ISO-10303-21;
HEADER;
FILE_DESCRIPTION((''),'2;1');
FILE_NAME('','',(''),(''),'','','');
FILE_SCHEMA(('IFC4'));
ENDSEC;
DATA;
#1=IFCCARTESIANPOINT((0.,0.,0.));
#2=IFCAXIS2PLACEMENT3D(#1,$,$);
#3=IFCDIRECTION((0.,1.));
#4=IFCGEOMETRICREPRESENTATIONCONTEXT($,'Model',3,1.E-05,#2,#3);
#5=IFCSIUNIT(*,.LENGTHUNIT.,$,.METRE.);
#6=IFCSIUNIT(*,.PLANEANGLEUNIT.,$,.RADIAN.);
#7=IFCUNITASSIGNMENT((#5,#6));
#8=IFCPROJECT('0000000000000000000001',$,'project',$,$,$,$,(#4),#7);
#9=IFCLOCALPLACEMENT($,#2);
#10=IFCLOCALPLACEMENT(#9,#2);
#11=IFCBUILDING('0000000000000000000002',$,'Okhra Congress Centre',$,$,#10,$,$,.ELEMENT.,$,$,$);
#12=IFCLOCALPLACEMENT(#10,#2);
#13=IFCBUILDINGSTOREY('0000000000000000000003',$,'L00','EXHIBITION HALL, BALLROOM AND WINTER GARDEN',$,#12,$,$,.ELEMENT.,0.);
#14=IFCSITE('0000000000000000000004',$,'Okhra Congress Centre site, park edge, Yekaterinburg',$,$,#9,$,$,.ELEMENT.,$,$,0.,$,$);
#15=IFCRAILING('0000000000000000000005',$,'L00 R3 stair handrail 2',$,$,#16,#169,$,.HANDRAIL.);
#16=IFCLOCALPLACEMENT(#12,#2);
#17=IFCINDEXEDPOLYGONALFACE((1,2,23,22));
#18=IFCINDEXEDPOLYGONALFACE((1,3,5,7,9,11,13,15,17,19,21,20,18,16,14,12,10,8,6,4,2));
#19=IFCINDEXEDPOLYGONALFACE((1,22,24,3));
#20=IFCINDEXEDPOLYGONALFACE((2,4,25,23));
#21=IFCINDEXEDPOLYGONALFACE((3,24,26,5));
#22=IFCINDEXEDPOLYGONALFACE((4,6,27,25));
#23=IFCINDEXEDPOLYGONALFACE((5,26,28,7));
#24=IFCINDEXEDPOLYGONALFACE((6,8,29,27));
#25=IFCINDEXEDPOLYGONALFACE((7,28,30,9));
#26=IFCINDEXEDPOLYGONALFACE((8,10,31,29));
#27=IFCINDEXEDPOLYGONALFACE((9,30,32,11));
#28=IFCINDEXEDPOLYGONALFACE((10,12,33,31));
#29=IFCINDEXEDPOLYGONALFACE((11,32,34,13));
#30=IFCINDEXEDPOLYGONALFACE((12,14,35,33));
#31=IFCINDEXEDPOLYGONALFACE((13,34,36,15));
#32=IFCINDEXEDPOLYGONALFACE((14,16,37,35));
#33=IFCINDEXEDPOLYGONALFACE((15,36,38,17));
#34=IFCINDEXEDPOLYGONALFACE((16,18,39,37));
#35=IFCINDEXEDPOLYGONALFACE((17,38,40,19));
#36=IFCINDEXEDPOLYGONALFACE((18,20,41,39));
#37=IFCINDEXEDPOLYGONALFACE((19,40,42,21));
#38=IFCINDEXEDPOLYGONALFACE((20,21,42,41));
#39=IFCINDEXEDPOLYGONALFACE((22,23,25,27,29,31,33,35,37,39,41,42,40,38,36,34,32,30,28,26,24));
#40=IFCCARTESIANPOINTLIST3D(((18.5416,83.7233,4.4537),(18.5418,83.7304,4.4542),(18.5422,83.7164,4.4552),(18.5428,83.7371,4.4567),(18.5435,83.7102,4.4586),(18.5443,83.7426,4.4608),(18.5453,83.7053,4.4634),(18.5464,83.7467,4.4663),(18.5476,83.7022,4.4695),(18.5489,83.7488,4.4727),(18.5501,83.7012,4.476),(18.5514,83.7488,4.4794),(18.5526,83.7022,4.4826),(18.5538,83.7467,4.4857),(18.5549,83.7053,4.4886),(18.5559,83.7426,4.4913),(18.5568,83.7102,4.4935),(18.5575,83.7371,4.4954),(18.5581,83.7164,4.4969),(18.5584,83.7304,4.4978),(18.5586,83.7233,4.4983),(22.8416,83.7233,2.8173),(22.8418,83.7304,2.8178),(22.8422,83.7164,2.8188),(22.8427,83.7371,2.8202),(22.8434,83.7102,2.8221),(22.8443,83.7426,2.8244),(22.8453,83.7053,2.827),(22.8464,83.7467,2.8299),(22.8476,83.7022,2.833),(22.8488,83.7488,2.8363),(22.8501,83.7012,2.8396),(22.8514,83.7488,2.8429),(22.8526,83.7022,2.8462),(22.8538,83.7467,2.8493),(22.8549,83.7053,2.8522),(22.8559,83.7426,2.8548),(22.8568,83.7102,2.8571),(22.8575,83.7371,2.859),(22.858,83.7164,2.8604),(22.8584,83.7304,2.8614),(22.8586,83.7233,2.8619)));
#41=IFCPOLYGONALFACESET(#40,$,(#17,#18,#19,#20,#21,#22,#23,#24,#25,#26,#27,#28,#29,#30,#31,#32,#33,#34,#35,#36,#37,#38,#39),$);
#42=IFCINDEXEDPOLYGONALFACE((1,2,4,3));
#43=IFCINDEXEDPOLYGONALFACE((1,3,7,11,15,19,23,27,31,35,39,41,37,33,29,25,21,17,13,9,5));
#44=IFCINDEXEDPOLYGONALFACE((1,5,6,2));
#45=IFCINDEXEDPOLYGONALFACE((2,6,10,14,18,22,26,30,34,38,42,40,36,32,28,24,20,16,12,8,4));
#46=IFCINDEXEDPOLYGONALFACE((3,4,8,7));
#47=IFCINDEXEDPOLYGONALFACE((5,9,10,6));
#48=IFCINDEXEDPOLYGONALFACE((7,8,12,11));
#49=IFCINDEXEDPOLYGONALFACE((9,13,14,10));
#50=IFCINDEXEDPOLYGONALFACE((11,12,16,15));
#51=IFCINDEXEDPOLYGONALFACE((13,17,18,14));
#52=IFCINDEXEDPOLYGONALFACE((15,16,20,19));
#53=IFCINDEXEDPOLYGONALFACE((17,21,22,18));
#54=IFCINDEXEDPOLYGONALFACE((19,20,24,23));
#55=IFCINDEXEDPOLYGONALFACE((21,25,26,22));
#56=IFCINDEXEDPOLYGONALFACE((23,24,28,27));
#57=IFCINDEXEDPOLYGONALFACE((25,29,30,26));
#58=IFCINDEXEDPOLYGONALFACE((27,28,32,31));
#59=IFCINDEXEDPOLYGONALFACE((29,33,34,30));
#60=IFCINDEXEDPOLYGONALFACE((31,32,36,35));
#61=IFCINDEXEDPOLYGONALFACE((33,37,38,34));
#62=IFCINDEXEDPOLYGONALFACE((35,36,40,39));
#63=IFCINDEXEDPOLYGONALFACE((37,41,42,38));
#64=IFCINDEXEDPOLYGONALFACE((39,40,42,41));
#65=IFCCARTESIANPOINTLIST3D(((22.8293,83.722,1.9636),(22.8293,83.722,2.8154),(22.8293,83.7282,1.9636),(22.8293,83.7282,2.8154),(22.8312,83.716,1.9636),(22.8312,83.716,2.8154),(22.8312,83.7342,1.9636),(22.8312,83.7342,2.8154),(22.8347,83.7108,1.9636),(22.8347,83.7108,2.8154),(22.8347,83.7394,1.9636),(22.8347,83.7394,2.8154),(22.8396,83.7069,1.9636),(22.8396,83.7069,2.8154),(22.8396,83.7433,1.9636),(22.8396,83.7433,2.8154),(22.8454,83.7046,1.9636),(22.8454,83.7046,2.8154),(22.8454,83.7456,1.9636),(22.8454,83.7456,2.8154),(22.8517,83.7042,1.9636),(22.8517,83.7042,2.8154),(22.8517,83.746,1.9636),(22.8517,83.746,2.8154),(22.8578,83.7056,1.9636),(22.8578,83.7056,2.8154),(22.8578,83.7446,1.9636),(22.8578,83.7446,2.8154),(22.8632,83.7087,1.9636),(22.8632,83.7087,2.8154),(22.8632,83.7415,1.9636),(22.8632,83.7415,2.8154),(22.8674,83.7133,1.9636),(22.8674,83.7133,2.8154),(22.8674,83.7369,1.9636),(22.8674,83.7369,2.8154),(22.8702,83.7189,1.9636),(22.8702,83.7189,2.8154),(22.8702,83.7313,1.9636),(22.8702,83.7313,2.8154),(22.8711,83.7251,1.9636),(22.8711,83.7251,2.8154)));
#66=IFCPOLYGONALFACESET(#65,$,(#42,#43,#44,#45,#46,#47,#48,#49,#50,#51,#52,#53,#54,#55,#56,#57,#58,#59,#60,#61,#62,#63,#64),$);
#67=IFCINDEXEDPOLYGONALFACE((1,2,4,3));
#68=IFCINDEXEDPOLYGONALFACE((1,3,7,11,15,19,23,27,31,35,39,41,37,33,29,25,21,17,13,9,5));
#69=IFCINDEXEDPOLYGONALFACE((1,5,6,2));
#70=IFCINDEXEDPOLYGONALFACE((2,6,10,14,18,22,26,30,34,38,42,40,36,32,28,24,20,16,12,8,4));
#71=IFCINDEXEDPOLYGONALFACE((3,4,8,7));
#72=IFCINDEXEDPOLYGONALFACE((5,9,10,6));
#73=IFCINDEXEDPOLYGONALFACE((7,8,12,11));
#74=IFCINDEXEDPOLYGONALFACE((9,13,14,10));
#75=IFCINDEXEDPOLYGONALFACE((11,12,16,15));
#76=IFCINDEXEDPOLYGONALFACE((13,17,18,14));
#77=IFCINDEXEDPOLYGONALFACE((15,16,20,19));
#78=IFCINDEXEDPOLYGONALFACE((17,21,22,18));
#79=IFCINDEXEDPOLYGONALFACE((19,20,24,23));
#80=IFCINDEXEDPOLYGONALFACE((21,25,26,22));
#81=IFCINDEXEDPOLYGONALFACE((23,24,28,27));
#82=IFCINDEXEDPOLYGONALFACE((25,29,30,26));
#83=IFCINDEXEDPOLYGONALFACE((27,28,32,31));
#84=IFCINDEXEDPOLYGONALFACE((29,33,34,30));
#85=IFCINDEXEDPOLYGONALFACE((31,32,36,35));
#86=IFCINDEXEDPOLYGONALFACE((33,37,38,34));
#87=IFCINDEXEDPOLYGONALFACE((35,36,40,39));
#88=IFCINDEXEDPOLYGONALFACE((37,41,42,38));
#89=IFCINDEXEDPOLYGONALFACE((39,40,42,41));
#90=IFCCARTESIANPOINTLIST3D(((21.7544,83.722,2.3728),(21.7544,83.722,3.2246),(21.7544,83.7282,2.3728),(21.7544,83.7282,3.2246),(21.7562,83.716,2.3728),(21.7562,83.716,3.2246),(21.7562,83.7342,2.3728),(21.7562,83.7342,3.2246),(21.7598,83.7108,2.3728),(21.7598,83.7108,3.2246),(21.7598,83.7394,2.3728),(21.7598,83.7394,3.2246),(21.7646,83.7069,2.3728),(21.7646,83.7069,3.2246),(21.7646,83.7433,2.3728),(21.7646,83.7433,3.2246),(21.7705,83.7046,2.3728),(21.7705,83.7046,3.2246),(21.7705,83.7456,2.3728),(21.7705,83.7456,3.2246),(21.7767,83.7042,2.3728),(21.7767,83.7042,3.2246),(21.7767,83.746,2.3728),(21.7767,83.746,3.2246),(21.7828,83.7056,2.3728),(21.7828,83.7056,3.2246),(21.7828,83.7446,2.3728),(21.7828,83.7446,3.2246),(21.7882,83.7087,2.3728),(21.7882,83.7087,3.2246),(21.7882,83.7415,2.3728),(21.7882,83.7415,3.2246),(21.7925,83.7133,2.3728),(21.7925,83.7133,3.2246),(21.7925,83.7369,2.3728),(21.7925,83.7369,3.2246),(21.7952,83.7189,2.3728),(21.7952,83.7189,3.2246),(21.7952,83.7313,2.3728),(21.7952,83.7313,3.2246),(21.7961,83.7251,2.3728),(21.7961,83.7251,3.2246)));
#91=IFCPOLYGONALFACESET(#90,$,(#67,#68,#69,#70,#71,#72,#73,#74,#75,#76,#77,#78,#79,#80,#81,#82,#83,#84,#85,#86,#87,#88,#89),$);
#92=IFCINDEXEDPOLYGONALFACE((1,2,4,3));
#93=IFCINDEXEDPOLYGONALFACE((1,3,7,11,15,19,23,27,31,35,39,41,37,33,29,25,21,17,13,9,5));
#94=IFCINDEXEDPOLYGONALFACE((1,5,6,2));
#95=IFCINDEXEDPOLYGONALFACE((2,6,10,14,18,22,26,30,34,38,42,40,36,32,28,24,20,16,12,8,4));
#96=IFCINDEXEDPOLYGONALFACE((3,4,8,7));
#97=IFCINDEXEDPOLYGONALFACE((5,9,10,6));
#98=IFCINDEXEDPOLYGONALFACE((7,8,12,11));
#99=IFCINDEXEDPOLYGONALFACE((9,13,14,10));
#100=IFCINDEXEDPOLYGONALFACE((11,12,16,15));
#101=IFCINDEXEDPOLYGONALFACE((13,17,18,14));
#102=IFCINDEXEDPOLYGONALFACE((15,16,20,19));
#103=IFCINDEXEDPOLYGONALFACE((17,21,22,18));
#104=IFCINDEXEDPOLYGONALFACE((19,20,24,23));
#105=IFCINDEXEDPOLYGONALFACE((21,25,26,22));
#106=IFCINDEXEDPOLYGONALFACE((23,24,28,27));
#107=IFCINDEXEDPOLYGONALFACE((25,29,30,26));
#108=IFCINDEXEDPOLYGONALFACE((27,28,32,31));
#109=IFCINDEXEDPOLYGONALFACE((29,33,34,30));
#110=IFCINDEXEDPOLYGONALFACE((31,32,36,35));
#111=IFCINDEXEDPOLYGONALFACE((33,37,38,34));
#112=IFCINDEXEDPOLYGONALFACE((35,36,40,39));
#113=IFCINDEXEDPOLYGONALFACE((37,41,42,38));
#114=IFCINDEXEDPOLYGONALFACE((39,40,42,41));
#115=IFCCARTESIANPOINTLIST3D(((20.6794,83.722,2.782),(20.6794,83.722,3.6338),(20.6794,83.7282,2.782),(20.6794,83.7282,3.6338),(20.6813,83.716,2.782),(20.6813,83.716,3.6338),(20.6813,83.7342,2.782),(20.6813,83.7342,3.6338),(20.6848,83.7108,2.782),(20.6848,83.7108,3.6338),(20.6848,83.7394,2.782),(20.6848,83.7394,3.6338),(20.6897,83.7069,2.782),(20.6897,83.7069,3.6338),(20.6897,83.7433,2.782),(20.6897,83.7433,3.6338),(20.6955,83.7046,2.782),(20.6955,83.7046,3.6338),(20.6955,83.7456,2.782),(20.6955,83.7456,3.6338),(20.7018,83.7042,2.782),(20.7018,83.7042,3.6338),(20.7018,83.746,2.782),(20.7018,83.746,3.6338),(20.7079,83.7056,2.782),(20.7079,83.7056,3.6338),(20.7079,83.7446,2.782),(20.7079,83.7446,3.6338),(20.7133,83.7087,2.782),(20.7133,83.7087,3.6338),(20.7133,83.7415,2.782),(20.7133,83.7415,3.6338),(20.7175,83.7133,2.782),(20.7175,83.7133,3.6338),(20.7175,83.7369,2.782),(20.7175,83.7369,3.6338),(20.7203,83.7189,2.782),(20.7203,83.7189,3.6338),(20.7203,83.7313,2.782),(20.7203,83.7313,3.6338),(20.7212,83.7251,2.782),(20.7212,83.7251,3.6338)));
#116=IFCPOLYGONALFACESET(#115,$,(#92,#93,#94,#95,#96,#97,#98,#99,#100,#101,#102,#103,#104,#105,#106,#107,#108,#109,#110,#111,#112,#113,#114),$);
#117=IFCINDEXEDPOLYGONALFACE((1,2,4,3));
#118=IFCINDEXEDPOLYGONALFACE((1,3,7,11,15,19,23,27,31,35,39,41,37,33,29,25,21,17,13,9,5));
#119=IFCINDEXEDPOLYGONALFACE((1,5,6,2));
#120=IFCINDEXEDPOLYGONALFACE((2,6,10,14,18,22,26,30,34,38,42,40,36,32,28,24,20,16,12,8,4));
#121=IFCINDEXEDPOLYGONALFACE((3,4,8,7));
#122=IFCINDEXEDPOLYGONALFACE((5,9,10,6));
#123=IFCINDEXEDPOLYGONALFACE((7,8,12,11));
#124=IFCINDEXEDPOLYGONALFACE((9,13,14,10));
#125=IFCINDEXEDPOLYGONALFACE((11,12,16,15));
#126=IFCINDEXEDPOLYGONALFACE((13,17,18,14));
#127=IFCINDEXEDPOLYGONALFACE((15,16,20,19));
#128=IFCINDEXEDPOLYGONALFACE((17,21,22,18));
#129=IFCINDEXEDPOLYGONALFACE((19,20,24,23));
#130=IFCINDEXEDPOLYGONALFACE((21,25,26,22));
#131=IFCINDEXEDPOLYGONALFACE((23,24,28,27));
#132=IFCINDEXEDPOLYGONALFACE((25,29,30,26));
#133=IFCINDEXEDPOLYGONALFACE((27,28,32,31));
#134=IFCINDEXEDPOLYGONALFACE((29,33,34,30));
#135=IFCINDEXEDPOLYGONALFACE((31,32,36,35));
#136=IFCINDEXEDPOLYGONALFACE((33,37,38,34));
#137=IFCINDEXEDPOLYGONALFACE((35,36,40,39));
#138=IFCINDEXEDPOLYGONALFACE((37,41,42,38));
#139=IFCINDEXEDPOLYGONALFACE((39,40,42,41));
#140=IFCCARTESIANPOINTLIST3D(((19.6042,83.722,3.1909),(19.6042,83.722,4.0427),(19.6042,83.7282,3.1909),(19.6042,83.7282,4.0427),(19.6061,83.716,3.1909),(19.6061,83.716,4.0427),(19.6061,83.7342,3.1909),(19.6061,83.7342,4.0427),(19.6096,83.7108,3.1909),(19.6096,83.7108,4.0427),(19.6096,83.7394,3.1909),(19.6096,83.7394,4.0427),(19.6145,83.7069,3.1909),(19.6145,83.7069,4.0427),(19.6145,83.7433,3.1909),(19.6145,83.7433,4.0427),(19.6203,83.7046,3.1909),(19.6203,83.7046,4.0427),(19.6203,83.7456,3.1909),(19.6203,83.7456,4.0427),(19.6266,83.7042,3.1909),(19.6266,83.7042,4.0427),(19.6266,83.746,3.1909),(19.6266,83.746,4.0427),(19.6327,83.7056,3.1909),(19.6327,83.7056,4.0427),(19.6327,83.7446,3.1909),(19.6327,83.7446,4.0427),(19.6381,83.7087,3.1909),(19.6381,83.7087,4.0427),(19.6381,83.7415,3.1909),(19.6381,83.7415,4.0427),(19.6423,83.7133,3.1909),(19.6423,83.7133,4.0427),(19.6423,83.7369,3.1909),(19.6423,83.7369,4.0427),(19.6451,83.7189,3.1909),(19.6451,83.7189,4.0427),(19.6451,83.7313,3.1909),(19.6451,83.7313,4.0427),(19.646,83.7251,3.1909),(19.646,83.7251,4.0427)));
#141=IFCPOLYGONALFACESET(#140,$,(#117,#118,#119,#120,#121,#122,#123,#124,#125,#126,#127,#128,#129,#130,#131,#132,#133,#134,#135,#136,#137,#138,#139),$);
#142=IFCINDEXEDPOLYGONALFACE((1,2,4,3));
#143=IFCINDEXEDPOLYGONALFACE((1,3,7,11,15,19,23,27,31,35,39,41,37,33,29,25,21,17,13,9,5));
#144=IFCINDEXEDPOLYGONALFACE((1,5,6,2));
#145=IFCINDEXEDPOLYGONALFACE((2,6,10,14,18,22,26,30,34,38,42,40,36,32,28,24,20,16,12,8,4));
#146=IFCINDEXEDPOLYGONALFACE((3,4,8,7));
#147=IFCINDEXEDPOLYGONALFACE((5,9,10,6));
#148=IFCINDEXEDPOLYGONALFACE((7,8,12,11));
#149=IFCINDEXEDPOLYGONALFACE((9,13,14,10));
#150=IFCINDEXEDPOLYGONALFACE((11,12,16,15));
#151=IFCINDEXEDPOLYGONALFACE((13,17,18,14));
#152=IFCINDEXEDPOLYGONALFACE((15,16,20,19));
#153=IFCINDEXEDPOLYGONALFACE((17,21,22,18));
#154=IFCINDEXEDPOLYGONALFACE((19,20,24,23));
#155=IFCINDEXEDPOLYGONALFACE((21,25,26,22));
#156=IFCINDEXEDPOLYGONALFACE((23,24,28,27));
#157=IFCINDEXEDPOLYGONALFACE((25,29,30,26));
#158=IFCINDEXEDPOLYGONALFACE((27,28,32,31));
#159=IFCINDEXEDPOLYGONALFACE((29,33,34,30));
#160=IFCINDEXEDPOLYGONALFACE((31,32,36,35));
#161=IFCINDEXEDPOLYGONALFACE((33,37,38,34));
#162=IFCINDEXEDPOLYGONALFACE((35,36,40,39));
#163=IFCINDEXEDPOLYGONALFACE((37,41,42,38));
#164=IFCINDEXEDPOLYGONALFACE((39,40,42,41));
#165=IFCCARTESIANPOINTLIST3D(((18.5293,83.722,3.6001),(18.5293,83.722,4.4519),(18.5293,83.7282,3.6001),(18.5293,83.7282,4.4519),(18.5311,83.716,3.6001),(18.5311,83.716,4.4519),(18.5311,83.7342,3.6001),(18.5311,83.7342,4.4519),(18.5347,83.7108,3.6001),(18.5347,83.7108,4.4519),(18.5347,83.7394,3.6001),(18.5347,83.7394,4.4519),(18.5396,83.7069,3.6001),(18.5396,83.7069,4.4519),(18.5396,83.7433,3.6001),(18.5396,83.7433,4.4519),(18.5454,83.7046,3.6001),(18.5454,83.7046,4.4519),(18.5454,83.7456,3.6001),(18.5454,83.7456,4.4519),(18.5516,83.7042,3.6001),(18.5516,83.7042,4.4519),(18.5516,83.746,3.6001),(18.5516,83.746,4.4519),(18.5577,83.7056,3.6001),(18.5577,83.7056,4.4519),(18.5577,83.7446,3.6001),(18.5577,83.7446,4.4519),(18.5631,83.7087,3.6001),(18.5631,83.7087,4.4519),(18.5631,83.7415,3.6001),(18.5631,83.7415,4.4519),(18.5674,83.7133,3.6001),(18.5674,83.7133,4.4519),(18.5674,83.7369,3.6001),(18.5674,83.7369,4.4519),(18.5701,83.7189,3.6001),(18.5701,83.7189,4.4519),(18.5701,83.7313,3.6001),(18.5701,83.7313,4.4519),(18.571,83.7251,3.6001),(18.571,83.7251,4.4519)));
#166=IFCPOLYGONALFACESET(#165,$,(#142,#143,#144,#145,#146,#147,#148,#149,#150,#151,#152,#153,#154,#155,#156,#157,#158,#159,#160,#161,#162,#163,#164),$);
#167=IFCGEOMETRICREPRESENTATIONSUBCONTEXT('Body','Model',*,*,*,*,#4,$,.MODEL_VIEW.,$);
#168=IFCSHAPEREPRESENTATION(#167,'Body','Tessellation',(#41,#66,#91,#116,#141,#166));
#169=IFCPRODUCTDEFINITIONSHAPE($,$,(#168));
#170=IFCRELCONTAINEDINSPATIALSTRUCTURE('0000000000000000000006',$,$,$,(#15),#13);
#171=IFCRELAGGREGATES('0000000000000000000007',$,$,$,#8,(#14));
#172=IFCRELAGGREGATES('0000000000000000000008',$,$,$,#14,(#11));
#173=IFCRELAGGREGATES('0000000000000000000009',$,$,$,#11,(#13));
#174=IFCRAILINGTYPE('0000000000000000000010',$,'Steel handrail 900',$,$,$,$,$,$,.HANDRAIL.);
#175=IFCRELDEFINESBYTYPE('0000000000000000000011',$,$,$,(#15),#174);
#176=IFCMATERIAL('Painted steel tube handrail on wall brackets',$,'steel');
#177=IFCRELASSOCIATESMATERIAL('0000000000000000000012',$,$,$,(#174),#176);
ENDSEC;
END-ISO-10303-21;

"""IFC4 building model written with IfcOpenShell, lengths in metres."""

from ifc_helpers import new_model, si_unit, direction, frame, origin, origin_2d, place, context, subcontext, project, spatial, circle, extrude, material, type_object, element, save


model = new_model("IFC4")

# Units and contexts
model_context = context("Model", 3, precision=1e-05, world=origin(), true_north=direction((0.0, 1.0)))
body_context = subcontext(model_context, "Body", "Model", "MODEL_VIEW")
ifc_project = project(units=[si_unit("LENGTHUNIT", "METRE"), si_unit("PLANEANGLEUNIT", "RADIAN")], contexts=[model_context])

# Site, building, storey
site_placement = place(None, origin())
site = spatial("IfcSite", under=ifc_project, at=site_placement, Name="Okhra Congress Centre site, park edge, Yekaterinburg", CompositionType="ELEMENT", RefElevation=0.0)
building_placement = place(site_placement, origin())
building = spatial("IfcBuilding", under=site, at=building_placement, Name="Okhra Congress Centre", CompositionType="ELEMENT")
storey_placement = place(building_placement, origin())
storey = spatial("IfcBuildingStorey", under=building, at=storey_placement, Name="L00", Description="EXHIBITION HALL, BALLROOM AND WINTER GARDEN", CompositionType="ELEMENT", Elevation=0.0)

# Railing
ifc_material_1 = material(Name="Painted steel tube handrail on wall brackets", Category="steel")
railing_type_1 = type_object("IfcRailingType", Name="Steel handrail 900", PredefinedType="HANDRAIL", material=ifc_material_1)
railing_1_placement = place(storey_placement, frame((22.8501, 83.7251, 1.9636)))
element("IfcRailing", 1, at=railing_1_placement, inside=storey, type_object=railing_type_1, Name="L00 R3 stair handrail 2", PredefinedType="HANDRAIL", context=body_context, shape_type="SweptSolid", body=[
    extrude(circle(Radius=0.0239, at=origin_2d()), frame((0.0, 0.0, 0.876), z_axis=(-0.934606, 0.0, 0.355684), x_axis=(0.0, -1.0, 0.0)), (0.0, 0.0, 1.0), 4.6008),
    extrude(circle(Radius=0.021, at=origin_2d()), origin(), (0.0, 0.0, 1.0), 0.8518),
    extrude(circle(Radius=0.021, at=origin_2d()), frame((-1.075, 0.0, 0.4092)), (0.0, 0.0, 1.0), 0.8518),
    extrude(circle(Radius=0.021, at=origin_2d()), frame((-2.1499, 0.0, 0.8184)), (0.0, 0.0, 1.0), 0.8518),
    extrude(circle(Radius=0.021, at=origin_2d()), frame((-3.2251, 0.0, 1.2273)), (0.0, 0.0, 1.0), 0.8518),
    extrude(circle(Radius=0.021, at=origin_2d()), frame((-4.3, 0.0, 1.6365)), (0.0, 0.0, 1.0), 0.8518),
])

save(model, "model.ifc")
